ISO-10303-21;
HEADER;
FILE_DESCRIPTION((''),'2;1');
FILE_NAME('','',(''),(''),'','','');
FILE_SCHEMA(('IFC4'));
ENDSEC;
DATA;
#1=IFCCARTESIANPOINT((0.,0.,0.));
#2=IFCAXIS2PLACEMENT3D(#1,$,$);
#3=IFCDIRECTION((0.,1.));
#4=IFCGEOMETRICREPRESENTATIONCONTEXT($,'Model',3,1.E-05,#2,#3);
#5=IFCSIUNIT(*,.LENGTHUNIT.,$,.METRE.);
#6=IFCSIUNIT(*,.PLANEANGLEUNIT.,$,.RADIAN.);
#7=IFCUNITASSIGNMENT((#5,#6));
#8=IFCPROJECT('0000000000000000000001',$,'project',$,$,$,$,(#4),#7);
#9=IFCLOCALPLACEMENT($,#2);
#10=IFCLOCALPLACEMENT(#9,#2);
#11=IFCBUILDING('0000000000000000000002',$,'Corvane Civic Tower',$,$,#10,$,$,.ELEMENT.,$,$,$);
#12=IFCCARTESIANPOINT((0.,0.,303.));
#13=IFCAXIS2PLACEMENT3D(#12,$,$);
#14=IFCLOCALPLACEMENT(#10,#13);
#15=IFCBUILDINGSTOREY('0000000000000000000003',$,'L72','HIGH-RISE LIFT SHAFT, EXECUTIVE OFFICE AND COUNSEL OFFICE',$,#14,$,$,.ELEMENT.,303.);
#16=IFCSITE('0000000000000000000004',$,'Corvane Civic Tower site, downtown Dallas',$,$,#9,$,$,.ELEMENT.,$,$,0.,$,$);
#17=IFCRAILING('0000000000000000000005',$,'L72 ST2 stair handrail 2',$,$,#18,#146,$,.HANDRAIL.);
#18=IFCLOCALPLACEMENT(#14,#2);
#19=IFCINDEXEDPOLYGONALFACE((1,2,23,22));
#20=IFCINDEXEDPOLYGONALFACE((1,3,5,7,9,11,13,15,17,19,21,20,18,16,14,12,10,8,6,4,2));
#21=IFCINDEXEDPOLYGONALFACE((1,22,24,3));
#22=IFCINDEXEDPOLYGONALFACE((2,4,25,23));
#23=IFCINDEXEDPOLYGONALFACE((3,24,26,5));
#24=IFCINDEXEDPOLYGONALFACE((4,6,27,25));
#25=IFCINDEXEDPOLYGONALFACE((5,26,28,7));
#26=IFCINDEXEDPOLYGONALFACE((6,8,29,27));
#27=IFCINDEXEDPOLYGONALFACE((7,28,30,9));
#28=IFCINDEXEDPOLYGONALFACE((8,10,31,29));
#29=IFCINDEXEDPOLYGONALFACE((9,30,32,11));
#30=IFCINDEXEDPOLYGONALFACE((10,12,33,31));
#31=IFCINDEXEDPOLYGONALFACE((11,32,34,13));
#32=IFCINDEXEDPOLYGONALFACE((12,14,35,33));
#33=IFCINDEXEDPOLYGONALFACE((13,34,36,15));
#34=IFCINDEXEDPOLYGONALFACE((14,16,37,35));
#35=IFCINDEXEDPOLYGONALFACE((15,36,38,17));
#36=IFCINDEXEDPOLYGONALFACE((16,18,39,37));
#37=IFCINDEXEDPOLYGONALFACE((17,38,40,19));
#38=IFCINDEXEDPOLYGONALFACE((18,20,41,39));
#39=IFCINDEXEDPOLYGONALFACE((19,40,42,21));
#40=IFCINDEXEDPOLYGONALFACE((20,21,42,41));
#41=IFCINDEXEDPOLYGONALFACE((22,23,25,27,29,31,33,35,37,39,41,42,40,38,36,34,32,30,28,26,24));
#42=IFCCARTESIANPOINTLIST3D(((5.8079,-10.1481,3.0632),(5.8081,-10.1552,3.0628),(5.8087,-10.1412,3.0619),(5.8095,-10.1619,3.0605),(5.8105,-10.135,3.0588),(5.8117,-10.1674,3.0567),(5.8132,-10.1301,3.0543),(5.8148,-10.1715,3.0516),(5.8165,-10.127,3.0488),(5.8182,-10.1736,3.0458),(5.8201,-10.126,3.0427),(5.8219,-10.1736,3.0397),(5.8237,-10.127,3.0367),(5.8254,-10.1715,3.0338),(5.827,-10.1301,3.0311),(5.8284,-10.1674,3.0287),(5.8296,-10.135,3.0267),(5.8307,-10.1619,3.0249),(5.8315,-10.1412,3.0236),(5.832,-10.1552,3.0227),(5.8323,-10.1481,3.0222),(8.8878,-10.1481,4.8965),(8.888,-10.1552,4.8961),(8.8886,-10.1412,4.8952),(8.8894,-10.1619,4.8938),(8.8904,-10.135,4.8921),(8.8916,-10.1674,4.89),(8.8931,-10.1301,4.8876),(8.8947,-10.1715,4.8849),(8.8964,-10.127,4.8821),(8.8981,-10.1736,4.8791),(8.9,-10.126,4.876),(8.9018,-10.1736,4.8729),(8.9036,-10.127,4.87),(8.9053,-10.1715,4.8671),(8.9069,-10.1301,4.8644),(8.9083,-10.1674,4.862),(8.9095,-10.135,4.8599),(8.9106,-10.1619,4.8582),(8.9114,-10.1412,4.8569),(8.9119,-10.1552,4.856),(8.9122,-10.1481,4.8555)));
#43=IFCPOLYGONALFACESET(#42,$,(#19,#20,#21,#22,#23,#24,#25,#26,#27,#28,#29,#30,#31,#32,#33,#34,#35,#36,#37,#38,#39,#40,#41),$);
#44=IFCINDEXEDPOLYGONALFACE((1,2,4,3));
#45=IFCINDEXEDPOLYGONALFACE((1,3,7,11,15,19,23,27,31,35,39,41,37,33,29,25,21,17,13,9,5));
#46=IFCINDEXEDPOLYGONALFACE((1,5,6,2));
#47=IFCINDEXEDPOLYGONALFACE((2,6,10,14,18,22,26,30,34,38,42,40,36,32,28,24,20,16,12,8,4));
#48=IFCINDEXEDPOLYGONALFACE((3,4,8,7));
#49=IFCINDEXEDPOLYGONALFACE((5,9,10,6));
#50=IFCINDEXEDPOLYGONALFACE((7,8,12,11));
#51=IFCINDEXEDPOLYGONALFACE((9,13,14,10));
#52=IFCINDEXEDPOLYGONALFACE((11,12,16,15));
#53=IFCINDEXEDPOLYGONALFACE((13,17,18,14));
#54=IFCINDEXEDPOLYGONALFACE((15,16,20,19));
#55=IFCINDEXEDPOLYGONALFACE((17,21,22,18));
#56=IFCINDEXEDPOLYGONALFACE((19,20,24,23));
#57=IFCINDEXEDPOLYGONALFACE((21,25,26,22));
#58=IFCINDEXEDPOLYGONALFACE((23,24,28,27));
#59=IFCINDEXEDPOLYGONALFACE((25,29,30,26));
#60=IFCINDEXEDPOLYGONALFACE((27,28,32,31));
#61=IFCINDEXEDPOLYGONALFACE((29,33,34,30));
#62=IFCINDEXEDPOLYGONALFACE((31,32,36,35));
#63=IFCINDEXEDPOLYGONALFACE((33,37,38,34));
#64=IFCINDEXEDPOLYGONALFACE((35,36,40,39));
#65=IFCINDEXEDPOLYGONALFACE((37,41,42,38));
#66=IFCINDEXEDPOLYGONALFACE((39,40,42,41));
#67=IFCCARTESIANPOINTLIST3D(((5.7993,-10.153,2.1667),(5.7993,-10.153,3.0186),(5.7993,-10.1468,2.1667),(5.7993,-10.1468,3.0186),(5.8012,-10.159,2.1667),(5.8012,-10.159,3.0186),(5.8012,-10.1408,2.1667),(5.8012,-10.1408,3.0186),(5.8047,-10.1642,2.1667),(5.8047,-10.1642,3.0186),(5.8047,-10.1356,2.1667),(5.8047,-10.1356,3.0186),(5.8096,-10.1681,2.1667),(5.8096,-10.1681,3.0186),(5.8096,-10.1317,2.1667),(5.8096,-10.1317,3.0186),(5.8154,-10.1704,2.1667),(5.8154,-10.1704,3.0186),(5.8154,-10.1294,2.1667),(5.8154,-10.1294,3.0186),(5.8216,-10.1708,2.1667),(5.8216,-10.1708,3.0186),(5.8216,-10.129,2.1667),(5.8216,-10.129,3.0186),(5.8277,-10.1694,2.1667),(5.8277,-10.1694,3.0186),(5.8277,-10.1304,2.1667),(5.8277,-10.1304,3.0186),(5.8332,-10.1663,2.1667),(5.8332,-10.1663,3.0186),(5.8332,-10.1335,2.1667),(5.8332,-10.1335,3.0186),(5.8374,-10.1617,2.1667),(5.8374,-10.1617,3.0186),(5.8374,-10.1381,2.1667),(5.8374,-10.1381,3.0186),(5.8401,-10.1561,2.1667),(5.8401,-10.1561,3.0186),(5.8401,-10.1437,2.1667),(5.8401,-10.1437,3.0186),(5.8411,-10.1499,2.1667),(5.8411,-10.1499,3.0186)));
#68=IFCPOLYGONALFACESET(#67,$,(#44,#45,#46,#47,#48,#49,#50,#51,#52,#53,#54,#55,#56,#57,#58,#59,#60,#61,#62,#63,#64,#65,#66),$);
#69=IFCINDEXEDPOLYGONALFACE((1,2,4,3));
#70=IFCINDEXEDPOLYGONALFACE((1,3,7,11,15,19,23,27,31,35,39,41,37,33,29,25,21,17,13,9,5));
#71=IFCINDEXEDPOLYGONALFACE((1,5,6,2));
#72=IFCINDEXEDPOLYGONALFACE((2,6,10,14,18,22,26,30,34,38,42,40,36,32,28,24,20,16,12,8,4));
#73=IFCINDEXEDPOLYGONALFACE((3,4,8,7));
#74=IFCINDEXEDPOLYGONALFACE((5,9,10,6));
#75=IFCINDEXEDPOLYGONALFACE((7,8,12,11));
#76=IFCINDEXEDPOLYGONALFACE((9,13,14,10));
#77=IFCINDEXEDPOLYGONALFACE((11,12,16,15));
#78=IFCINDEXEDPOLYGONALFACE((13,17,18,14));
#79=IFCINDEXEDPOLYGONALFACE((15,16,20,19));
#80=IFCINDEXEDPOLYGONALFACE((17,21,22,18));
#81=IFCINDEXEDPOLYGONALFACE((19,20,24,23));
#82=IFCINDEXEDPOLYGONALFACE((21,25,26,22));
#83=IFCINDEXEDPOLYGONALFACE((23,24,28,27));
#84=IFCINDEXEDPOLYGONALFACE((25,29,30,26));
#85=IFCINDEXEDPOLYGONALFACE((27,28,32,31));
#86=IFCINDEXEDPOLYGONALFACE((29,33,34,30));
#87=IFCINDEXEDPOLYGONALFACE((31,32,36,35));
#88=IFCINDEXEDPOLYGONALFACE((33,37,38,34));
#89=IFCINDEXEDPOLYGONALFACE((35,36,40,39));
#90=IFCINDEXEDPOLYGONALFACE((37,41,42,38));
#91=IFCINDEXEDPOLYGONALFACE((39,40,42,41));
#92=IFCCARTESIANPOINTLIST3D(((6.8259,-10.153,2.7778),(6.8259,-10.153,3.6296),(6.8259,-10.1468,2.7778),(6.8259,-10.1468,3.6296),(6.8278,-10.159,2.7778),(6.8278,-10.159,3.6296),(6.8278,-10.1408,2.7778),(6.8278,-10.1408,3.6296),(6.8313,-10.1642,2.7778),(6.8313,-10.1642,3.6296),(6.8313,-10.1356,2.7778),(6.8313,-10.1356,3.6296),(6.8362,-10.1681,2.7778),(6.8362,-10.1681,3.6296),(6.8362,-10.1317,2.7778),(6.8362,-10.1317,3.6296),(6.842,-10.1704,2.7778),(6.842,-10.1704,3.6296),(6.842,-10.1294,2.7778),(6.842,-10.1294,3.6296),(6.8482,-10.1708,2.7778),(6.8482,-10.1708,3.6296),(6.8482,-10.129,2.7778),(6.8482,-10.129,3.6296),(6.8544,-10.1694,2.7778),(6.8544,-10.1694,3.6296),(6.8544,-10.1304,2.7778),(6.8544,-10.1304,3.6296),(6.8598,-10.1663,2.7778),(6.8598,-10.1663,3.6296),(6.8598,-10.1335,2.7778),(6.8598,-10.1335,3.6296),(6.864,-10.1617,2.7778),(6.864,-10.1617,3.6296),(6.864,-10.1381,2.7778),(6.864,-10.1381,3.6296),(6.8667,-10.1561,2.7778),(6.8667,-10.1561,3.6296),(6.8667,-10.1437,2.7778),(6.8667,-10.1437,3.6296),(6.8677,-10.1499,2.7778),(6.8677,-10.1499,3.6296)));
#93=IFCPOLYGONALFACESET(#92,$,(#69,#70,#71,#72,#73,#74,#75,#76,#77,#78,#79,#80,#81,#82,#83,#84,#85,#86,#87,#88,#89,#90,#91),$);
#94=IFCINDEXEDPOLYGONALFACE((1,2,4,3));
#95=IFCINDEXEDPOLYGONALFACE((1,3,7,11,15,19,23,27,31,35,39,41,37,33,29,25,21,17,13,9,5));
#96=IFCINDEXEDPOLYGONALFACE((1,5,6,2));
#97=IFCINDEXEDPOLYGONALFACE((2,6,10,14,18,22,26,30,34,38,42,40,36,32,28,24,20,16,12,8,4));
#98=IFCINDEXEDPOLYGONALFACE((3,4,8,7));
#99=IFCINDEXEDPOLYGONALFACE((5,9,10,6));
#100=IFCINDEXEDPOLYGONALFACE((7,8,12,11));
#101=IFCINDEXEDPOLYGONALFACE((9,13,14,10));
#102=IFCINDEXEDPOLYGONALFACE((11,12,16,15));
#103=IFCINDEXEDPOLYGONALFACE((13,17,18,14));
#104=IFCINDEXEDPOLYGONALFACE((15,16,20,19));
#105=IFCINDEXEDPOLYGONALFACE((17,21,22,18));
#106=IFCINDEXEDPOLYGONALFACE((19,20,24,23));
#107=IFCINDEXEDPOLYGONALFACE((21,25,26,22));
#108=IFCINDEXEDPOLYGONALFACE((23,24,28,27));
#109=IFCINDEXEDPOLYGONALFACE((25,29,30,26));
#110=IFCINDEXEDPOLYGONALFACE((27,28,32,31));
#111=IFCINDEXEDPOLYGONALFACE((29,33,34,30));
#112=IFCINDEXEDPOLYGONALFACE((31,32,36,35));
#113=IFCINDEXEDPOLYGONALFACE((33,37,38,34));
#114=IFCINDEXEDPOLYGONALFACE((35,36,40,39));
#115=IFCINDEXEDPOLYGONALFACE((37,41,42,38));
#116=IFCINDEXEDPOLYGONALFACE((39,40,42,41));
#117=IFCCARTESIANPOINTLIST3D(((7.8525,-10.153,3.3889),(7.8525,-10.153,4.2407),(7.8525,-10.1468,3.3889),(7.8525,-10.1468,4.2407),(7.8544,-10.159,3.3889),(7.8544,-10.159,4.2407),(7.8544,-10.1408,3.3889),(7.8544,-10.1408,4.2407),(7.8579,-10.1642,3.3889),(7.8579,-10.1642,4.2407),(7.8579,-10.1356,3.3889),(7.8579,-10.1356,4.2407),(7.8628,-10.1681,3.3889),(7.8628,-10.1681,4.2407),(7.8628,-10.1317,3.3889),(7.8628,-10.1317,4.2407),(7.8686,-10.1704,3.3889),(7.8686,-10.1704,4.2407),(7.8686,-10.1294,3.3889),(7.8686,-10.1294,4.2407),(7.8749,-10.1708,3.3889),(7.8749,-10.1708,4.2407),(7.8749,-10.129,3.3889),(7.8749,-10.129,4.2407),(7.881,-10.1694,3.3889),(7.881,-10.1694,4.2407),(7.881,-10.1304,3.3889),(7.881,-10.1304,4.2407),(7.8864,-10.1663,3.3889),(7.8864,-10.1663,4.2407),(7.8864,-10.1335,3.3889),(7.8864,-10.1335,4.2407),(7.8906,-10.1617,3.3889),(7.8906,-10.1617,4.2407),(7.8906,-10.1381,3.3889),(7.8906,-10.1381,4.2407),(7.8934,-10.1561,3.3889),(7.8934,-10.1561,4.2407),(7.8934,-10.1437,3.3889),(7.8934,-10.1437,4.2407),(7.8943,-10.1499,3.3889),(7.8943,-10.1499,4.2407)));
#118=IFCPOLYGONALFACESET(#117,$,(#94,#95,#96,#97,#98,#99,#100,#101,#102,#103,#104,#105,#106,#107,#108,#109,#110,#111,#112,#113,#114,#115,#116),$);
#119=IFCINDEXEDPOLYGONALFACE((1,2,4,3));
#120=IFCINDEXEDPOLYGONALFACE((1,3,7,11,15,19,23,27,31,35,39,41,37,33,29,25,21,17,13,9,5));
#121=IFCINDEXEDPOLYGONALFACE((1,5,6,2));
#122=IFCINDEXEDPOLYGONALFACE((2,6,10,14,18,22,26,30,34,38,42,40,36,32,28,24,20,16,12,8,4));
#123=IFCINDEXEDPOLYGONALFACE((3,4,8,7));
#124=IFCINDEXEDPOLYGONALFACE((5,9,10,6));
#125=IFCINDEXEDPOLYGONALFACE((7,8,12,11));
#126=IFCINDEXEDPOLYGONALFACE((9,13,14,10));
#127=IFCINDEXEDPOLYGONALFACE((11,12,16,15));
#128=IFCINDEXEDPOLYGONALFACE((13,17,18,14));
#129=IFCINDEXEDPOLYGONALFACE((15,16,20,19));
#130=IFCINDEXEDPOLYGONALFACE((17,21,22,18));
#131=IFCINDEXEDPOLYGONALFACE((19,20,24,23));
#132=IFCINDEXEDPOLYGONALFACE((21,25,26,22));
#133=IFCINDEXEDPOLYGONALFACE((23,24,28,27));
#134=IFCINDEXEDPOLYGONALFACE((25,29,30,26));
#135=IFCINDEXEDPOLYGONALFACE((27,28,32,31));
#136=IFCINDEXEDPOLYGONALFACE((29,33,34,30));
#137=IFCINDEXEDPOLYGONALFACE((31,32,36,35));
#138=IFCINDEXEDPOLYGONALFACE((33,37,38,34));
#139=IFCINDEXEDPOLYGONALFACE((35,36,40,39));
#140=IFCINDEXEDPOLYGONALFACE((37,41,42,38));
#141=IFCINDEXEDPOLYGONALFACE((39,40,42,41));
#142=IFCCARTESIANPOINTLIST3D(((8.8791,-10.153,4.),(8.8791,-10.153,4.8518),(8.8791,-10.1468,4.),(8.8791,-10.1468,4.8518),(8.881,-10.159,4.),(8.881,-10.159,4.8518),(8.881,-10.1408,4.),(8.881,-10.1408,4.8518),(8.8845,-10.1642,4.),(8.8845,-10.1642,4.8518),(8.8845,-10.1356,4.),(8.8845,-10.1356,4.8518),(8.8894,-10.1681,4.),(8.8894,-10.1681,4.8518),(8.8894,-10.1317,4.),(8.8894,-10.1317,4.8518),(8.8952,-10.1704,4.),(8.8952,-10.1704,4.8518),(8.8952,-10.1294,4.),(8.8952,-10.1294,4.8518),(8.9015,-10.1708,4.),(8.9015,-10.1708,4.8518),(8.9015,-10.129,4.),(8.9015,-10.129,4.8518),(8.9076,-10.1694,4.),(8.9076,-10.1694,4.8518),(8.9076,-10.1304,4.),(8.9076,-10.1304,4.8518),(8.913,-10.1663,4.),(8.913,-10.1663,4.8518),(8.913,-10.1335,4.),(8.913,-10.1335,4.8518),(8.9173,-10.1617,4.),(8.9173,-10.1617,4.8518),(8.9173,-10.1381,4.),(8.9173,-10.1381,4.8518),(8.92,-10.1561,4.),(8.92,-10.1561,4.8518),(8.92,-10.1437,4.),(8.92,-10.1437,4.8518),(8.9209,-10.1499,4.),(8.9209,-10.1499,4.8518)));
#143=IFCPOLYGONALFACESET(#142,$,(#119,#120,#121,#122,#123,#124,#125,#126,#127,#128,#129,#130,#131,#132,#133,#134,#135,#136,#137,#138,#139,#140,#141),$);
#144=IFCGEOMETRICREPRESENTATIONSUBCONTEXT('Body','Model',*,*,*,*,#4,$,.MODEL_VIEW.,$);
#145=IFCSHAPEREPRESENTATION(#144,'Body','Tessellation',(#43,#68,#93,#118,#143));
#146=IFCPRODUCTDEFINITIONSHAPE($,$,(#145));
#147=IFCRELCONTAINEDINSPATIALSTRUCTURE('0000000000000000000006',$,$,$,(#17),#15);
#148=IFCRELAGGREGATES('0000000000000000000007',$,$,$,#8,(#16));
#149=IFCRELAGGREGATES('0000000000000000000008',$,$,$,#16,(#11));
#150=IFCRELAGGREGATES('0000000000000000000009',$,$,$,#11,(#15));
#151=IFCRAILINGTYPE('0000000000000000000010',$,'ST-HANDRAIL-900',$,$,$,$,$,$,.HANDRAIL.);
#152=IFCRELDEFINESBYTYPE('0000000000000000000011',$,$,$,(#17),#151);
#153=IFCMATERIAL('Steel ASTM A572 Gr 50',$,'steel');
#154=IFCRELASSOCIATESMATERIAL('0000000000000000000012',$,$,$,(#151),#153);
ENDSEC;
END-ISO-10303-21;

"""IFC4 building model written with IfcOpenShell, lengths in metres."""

from ifc_helpers import new_model, si_unit, direction, frame, origin, origin_2d, place, context, subcontext, project, spatial, circle, extrude, material, type_object, element, save


model = new_model("IFC4")

# Units and contexts
model_context = context("Model", 3, precision=1e-05, world=origin(), true_north=direction((0.0, 1.0)))
body_context = subcontext(model_context, "Body", "Model", "MODEL_VIEW")
ifc_project = project(units=[si_unit("LENGTHUNIT", "METRE"), si_unit("PLANEANGLEUNIT", "RADIAN")], contexts=[model_context])

# Site, building, storey
site_placement = place(None, origin())
site = spatial("IfcSite", under=ifc_project, at=site_placement, Name="Corvane Civic Tower site, downtown Dallas", CompositionType="ELEMENT", RefElevation=0.0)
building_placement = place(site_placement, origin())
building = spatial("IfcBuilding", under=site, at=building_placement, Name="Corvane Civic Tower", CompositionType="ELEMENT")
storey_placement = place(building_placement, frame((0.0, 0.0, 303.0)))
storey = spatial("IfcBuildingStorey", under=building, at=storey_placement, Name="L72", Description="HIGH-RISE LIFT SHAFT, EXECUTIVE OFFICE AND COUNSEL OFFICE", CompositionType="ELEMENT", Elevation=303.0)

# Railing
ifc_material_1 = material(Name="Steel ASTM A572 Gr 50", Category="steel")
railing_type_1 = type_object("IfcRailingType", Name="ST-HANDRAIL-900", PredefinedType="HANDRAIL", material=ifc_material_1)
railing_1_placement = place(storey_placement, frame((5.8201, -10.1499, 2.1667)))
element("IfcRailing", 1, at=railing_1_placement, inside=storey, type_object=railing_type_1, Name="L72 ST2 stair handrail 2", PredefinedType="HANDRAIL", context=body_context, shape_type="SweptSolid", body=[
    extrude(circle(Radius=0.0239, at=origin_2d()), frame((0.0, 0.0, 0.876), z_axis=(0.859291, 0.0, 0.511487), x_axis=(0.0, 1.0, 0.0)), (0.0, 0.0, 1.0), 3.5842),
    extrude(circle(Radius=0.021, at=origin_2d()), origin(), (0.0, 0.0, 1.0), 0.8518),
    extrude(circle(Radius=0.021, at=origin_2d()), frame((1.0266, 0.0, 0.6111)), (0.0, 0.0, 1.0), 0.8518),
    extrude(circle(Radius=0.021, at=origin_2d()), frame((2.0532, 0.0, 1.2222)), (0.0, 0.0, 1.0), 0.8518),
    extrude(circle(Radius=0.021, at=origin_2d()), frame((3.0798, 0.0, 1.8333)), (0.0, 0.0, 1.0), 0.8518),
])

save(model, "model.ifc")
